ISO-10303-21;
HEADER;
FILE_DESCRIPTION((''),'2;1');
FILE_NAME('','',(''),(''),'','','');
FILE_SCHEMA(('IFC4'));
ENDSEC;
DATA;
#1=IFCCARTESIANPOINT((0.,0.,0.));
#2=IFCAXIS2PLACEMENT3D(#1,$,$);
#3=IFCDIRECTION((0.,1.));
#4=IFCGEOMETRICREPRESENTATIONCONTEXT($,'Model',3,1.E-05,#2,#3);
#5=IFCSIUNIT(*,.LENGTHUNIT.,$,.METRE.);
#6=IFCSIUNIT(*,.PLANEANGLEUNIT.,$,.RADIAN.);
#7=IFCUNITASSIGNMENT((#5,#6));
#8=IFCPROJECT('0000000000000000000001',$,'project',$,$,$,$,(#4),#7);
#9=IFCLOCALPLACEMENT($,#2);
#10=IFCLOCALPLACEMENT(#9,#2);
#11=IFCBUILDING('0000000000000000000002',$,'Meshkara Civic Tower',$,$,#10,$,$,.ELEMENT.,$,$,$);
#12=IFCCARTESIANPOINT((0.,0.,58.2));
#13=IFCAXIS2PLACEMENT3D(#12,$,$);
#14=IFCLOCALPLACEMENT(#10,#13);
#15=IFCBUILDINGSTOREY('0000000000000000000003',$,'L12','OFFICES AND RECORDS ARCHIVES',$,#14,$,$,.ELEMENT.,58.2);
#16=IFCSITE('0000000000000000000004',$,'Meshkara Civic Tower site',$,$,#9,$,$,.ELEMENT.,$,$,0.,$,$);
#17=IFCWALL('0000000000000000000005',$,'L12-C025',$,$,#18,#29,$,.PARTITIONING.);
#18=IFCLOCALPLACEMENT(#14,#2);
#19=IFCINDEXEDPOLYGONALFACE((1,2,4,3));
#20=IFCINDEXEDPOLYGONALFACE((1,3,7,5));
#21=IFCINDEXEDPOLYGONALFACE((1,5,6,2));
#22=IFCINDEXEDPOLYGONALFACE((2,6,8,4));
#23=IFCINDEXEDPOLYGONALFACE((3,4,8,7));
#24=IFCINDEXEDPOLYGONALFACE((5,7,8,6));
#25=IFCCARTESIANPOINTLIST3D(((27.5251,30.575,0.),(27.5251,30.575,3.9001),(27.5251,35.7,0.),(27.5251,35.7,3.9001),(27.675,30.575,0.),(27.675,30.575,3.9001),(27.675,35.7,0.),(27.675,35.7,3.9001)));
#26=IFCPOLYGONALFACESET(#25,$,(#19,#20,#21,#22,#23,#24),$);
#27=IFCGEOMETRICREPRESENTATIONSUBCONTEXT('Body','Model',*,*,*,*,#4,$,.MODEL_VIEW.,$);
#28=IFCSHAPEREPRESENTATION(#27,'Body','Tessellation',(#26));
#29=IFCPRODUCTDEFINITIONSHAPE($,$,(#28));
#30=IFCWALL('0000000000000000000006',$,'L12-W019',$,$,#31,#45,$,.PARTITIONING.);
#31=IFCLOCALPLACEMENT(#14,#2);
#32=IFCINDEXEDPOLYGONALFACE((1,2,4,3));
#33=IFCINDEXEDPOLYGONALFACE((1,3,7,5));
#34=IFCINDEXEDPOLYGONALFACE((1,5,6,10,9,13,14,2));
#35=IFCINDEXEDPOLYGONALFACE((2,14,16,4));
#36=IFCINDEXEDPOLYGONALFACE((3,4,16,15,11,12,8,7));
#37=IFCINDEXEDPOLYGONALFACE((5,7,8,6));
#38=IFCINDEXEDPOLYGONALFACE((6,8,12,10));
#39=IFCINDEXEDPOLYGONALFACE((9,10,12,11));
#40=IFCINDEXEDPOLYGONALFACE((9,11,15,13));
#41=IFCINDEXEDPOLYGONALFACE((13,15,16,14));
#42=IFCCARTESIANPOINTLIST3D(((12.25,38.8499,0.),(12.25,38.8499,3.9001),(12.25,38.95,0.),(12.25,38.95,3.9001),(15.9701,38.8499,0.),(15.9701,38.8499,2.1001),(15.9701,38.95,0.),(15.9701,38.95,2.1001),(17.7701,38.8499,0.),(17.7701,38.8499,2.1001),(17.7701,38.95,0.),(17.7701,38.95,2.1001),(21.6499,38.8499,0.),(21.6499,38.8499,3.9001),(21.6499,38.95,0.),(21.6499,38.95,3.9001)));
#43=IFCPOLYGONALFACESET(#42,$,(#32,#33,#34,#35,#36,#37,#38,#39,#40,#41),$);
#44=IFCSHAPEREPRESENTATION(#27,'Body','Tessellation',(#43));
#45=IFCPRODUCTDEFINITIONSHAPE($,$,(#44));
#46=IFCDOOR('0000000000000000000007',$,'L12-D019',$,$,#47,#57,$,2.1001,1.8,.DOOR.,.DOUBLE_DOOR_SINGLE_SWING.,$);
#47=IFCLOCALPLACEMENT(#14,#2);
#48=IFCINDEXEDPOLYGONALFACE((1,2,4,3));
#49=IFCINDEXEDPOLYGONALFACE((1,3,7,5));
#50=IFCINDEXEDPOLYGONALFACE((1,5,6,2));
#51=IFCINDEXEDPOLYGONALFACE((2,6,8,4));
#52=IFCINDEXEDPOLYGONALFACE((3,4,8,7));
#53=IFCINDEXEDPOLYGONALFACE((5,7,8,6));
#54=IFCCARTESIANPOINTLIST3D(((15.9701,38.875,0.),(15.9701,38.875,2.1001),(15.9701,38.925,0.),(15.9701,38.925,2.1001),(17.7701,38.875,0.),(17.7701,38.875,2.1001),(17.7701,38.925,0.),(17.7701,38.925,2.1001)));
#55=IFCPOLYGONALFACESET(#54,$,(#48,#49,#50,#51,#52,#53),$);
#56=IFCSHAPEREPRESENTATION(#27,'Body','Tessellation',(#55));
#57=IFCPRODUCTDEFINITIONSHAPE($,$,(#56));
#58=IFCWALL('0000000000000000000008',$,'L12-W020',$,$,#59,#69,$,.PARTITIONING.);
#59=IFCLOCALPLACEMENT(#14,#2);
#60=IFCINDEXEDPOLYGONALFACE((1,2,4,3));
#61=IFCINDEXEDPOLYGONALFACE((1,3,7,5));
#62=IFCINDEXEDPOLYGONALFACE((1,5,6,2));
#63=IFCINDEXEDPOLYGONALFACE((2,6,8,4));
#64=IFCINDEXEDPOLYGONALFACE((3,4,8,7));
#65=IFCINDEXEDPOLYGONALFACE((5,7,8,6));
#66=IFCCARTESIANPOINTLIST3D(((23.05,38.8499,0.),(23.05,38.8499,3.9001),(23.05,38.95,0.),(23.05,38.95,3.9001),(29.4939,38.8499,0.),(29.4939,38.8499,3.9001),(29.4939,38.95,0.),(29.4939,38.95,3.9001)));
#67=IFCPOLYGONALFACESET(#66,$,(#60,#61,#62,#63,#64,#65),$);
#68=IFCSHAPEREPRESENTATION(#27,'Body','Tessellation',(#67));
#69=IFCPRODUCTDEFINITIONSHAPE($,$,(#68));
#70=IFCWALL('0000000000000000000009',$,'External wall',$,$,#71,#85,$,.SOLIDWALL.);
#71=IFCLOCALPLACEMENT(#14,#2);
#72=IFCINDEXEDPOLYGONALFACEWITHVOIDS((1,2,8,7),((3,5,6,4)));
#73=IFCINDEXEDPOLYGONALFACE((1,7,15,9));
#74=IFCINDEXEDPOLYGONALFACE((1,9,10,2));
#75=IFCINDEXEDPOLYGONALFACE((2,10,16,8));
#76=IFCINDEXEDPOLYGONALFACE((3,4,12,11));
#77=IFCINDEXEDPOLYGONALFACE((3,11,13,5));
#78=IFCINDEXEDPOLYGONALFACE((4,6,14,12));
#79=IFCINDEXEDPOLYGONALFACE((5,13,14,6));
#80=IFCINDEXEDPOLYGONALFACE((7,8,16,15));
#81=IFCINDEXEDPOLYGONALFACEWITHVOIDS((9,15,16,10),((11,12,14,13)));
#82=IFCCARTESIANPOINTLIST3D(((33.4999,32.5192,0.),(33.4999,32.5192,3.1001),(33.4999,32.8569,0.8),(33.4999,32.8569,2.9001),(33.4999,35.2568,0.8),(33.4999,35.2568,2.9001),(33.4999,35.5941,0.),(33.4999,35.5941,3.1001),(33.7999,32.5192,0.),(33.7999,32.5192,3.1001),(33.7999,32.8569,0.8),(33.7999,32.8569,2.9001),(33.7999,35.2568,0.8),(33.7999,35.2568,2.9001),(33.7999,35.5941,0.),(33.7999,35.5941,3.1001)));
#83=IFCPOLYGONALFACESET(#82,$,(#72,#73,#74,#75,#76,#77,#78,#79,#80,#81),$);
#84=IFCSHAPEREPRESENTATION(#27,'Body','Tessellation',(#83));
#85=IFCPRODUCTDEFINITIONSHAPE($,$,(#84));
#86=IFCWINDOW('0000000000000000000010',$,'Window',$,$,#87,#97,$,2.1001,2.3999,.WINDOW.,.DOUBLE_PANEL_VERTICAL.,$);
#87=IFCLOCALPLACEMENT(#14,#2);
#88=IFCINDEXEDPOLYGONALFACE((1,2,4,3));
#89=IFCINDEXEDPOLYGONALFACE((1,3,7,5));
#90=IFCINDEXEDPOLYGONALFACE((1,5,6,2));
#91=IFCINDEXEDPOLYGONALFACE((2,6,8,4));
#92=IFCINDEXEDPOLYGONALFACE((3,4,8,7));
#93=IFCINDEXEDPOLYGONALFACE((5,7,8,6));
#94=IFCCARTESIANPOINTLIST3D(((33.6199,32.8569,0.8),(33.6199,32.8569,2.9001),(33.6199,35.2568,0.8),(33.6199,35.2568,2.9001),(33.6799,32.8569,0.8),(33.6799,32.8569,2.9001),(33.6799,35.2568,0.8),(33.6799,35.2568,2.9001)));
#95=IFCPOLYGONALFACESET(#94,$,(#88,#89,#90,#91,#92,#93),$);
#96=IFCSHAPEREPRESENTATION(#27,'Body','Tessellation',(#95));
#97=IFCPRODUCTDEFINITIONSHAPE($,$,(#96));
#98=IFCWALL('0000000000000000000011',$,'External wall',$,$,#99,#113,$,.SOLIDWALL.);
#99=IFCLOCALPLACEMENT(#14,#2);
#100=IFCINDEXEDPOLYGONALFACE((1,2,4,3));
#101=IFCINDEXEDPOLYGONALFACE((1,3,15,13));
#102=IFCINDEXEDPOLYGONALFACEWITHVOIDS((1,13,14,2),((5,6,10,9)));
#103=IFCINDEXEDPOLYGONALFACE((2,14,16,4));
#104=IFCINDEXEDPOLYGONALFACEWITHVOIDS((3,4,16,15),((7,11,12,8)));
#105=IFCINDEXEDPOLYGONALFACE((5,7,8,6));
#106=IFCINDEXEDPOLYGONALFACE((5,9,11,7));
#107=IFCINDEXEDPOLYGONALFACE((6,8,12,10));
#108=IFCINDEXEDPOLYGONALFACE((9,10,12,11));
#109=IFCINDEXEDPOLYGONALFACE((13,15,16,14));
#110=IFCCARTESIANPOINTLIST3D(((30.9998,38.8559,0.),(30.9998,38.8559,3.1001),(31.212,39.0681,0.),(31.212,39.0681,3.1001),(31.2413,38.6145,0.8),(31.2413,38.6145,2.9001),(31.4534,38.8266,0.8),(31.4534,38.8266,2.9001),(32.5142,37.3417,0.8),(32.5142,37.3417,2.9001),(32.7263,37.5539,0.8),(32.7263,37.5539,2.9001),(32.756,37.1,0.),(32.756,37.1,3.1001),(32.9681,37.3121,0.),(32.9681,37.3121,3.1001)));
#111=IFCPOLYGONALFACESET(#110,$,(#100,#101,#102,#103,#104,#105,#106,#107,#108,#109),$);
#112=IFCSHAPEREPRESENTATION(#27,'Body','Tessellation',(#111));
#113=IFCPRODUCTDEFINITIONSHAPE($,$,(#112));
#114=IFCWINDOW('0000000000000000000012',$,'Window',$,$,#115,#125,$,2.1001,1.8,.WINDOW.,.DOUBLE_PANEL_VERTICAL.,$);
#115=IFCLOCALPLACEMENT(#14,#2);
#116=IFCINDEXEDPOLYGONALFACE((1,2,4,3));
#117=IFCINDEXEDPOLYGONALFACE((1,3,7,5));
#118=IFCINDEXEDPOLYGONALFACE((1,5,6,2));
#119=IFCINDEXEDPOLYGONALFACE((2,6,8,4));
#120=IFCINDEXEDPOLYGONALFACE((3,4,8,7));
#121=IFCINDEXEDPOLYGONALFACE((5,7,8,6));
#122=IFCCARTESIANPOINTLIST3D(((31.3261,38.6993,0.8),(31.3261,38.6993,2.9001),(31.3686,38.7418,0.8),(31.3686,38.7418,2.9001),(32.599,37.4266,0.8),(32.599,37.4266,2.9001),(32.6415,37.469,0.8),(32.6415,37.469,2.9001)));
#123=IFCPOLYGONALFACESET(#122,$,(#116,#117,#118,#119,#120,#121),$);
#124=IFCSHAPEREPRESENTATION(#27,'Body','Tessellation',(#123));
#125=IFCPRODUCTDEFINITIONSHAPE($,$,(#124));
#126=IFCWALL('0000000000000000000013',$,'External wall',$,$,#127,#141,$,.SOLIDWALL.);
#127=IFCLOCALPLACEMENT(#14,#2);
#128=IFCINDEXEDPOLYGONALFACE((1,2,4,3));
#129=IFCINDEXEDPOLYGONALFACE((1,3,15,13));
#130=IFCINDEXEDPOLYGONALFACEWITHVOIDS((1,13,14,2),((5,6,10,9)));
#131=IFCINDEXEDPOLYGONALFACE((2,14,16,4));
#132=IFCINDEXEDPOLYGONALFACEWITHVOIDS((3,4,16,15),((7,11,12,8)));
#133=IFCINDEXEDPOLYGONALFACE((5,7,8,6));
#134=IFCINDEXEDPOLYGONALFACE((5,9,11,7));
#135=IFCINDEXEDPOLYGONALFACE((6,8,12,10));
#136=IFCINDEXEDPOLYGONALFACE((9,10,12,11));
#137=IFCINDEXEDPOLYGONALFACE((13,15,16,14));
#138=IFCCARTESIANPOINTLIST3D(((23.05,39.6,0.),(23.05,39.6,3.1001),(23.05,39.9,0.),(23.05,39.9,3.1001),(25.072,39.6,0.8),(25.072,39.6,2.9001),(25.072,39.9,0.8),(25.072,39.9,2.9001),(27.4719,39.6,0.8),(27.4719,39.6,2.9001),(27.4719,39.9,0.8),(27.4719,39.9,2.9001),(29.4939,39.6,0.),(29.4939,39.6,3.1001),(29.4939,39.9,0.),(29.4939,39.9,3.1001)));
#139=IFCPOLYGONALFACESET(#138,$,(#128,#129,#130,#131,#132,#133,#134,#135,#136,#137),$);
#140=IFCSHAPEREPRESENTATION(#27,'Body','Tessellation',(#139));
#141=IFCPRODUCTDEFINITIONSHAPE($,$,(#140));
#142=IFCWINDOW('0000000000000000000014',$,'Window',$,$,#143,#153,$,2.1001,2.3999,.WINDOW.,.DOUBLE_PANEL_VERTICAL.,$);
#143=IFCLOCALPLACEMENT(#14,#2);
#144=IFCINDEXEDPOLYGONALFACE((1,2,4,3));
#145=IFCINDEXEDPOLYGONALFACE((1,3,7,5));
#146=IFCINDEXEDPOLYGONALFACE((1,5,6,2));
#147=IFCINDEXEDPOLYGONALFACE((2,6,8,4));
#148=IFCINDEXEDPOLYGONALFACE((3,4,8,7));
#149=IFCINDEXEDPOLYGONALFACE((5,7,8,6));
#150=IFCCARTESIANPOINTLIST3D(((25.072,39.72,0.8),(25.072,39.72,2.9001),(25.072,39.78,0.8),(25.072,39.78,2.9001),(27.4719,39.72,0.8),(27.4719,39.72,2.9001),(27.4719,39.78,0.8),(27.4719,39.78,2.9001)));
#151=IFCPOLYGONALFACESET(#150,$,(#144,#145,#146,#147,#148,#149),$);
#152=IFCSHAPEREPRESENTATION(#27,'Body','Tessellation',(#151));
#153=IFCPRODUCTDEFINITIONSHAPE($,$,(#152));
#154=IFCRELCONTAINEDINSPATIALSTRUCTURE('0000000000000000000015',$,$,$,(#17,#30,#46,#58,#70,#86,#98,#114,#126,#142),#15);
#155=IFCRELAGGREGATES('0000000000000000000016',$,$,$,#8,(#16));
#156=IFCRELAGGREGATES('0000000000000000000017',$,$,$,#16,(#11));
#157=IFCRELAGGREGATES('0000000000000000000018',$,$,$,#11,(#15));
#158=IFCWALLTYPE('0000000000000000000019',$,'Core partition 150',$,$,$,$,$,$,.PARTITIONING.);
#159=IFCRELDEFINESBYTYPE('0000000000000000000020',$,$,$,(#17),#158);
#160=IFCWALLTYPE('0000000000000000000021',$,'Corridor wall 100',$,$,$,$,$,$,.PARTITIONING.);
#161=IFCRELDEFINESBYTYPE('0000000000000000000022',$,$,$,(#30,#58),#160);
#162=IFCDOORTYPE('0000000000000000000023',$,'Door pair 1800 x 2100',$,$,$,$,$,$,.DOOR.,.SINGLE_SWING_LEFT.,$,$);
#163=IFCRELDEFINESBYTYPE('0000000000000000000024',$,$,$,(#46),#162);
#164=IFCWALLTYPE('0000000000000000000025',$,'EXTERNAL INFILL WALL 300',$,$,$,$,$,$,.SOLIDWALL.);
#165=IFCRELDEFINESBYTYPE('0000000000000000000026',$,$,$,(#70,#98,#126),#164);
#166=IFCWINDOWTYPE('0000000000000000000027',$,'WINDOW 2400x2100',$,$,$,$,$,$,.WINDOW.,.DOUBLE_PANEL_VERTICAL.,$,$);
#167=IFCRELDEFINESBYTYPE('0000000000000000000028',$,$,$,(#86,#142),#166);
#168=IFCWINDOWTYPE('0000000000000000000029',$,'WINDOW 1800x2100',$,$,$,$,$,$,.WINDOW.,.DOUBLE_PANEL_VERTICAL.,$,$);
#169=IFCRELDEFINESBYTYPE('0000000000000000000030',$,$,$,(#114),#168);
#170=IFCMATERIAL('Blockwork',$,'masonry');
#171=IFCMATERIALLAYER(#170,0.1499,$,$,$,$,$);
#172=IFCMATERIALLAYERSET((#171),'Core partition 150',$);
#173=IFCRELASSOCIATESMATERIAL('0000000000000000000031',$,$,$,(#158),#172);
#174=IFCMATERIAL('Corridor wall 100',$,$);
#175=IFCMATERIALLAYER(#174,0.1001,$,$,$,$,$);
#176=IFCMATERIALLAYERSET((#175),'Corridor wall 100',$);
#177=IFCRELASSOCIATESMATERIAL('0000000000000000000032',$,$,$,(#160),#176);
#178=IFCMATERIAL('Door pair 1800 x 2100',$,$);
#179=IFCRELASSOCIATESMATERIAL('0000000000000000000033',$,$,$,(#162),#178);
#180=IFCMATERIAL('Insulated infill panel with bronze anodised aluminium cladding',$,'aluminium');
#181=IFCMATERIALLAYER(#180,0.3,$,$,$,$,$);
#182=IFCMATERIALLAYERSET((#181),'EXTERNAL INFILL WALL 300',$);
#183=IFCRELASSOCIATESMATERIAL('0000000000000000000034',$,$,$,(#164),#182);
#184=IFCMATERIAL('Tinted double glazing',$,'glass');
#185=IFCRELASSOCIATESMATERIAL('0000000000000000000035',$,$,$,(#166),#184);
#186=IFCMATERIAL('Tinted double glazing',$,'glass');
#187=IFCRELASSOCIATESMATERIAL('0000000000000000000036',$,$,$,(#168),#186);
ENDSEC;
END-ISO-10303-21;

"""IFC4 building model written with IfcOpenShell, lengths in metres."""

from ifc_helpers import new_model, si_unit, direction, frame, frame_2d, origin, place, context, subcontext, project, spatial, rectangle, extrude, material, layer, layer_set, type_object, element, fill, save


model = new_model("IFC4")

# Units and contexts
model_context = context("Model", 3, precision=1e-05, world=origin(), true_north=direction((0.0, 1.0)))
body_context = subcontext(model_context, "Body", "Model", "MODEL_VIEW")
ifc_project = project(units=[si_unit("LENGTHUNIT", "METRE"), si_unit("PLANEANGLEUNIT", "RADIAN")], contexts=[model_context])

# Site, building, storey
site_placement = place(None, origin())
site = spatial("IfcSite", under=ifc_project, at=site_placement, Name="Meshkara Civic Tower site", CompositionType="ELEMENT", RefElevation=0.0)
building_placement = place(site_placement, origin())
building = spatial("IfcBuilding", under=site, at=building_placement, Name="Meshkara Civic Tower", CompositionType="ELEMENT")
storey_placement = place(building_placement, frame((0.0, 0.0, 58.2)))
storey = spatial("IfcBuildingStorey", under=building, at=storey_placement, Name="L12", Description="OFFICES AND RECORDS ARCHIVES", CompositionType="ELEMENT", Elevation=58.2)

# Shared definitions
ifc_material_1 = material(Name="Blockwork", Category="masonry")
ifc_layer_1 = layer(ifc_material_1, 0.1499)
ifc_layer_set_1 = layer_set([ifc_layer_1], Name="Core partition 150")
wall_type_1 = type_object("IfcWallType", Name="Core partition 150", PredefinedType="PARTITIONING", material=ifc_layer_set_1)

# Wall
for number, where, z_axis, x_axis, name in (
    (1, (27.6001, 30.575, 0.0), (0.0, 0.0, 1.0), (0.0, 1.0, 0.0), "L12-C025"),
):
    element("IfcWall", number, at=place(storey_placement, frame(where, z_axis=z_axis, x_axis=x_axis)), inside=storey, type_object=wall_type_1, Name=name, PredefinedType="PARTITIONING", context=body_context, shape_type="SweptSolid", body=[
        extrude(rectangle(XDim=5.125, YDim=0.1499, at=frame_2d((2.5625, 0.0))), origin(), (0.0, 0.0, 1.0), 3.9001),
    ])

# Wall, opening, door
ifc_material_2 = material(Name="Corridor wall 100")
ifc_layer_2 = layer(ifc_material_2, 0.1001)
ifc_layer_set_2 = layer_set([ifc_layer_2], Name="Corridor wall 100")
wall_type_2 = type_object("IfcWallType", Name="Corridor wall 100", PredefinedType="PARTITIONING", material=ifc_layer_set_2)
wall_1_placement = place(storey_placement, frame((21.6499, 38.8999, 0.0), z_axis=(0.0, 0.0, 1.0), x_axis=(-1.0, 0.0, 0.0)))
wall_1 = element("IfcWall", 2, at=wall_1_placement, inside=storey, type_object=wall_type_2, Name="L12-W019", PredefinedType="PARTITIONING", context=body_context, shape_type="SweptSolid", body=[
    extrude(rectangle(XDim=9.3999, YDim=0.1001, at=frame_2d((4.7, 0.0))), origin(), (0.0, 0.0, 1.0), 3.9001),
])
opening_1_placement = place(wall_1_placement, frame((3.8799, 0.0, 0.0)))
opening_1 = element("IfcOpeningElement", 3, at=opening_1_placement, cuts=wall_1, PredefinedType="OPENING", context=body_context, shape_type="SweptSolid", body=[
    extrude(rectangle(XDim=1.8, YDim=2.1001, at=frame_2d((0.8999, 1.05))), frame((0.0, 0.0601, 0.0), z_axis=(0.0, -1.0, 0.0), x_axis=(1.0, 0.0, 0.0)), (0.0, 0.0, 1.0), 0.1201),
])
ifc_material_3 = material(Name="Door pair 1800 x 2100")
door_type_1 = type_object("IfcDoorType", Name="Door pair 1800 x 2100", OperationType="SINGLE_SWING_LEFT", PredefinedType="DOOR", material=ifc_material_3)
door_1_placement = place(opening_1_placement, origin())
door_1 = element("IfcDoor", 4, at=door_1_placement, inside=storey, type_object=door_type_1, Name="L12-D019", OperationType="DOUBLE_DOOR_SINGLE_SWING", OverallHeight=2.1001, OverallWidth=1.8, PredefinedType="DOOR", context=body_context, shape_type="SweptSolid", body=[
    extrude(rectangle(XDim=1.8, YDim=2.1001, at=frame_2d((0.8999, 1.05))), frame((0.0, 0.0249, 0.0), z_axis=(0.0, -1.0, 0.0), x_axis=(1.0, 0.0, 0.0)), (0.0, 0.0, 1.0), 0.05),
])
fill(opening_1, door_1)

# Wall
wall_2_placement = place(storey_placement, frame((29.4939, 38.8999, 0.0), z_axis=(0.0, 0.0, 1.0), x_axis=(-1.0, 0.0, 0.0)))
element("IfcWall", 5, at=wall_2_placement, inside=storey, type_object=wall_type_2, Name="L12-W020", PredefinedType="PARTITIONING", context=body_context, shape_type="SweptSolid", body=[
    extrude(rectangle(XDim=6.4438, YDim=0.1001, at=frame_2d((3.2219, 0.0))), origin(), (0.0, 0.0, 1.0), 3.9001),
])

# Walls, openings, windows
ifc_material_4 = material(Name="Insulated infill panel with bronze anodised aluminium cladding", Category="aluminium")
ifc_layer_3 = layer(ifc_material_4, 0.3)
ifc_layer_set_3 = layer_set([ifc_layer_3], Name="EXTERNAL INFILL WALL 300")
wall_type_3 = type_object("IfcWallType", Name="EXTERNAL INFILL WALL 300", PredefinedType="SOLIDWALL", material=ifc_layer_set_3)
wall_3_placement = place(storey_placement, frame((33.6499, 32.519, 0.0), z_axis=(0.0, 0.0, 1.0), x_axis=(0.0, 1.0, 0.0)))
wall_3 = element("IfcWall", 6, at=wall_3_placement, inside=storey, type_object=wall_type_3, Name="External wall", PredefinedType="SOLIDWALL", context=body_context, shape_type="SweptSolid", body=[
    extrude(rectangle(XDim=3.075, YDim=0.3, at=frame_2d((1.5376, 0.0))), origin(), (0.0, 0.0, 1.0), 3.1001),
])
opening_2_placement = place(wall_3_placement, frame((0.3379, 0.0, 0.8)))
opening_2 = element("IfcOpeningElement", 7, at=opening_2_placement, cuts=wall_3, PredefinedType="OPENING", context=body_context, shape_type="SweptSolid", body=[
    extrude(rectangle(XDim=2.3999, YDim=2.1001, at=frame_2d((1.2, 1.05))), frame((0.0, 0.1599, 0.0), z_axis=(0.0, -1.0, 0.0), x_axis=(1.0, 0.0, 0.0)), (0.0, 0.0, 1.0), 0.3201),
])
ifc_material_5 = material(Name="Tinted double glazing", Category="glass")
window_type_1 = type_object("IfcWindowType", Name="WINDOW 2400x2100", PartitioningType="DOUBLE_PANEL_VERTICAL", PredefinedType="WINDOW", material=ifc_material_5)
window_1_placement = place(opening_2_placement, origin())
window_1 = element("IfcWindow", 8, at=window_1_placement, inside=storey, type_object=window_type_1, Name="Window", OverallHeight=2.1001, OverallWidth=2.3999, PartitioningType="DOUBLE_PANEL_VERTICAL", PredefinedType="WINDOW", context=body_context, shape_type="SweptSolid", body=[
    extrude(rectangle(XDim=2.3999, YDim=2.1001, at=frame_2d((1.2, 1.05))), frame((0.0, 0.03, 0.0), z_axis=(0.0, -1.0, 0.0), x_axis=(1.0, 0.0, 0.0)), (0.0, 0.0, 1.0), 0.0601),
])
fill(opening_2, window_1)
wall_4_placement = place(storey_placement, frame((32.8621, 37.2061, 0.0), z_axis=(0.0, 0.0, 1.0), x_axis=(-0.707156, 0.707058, 0.0)))
wall_4 = element("IfcWall", 9, at=wall_4_placement, inside=storey, type_object=wall_type_3, Name="External wall", PredefinedType="SOLIDWALL", context=body_context, shape_type="SweptSolid", body=[
    extrude(rectangle(XDim=2.4834, YDim=0.3, at=frame_2d((1.2417, 0.0))), origin(), (0.0, 0.0, 1.0), 3.1001),
])
opening_3_placement = place(wall_4_placement, frame((0.342, 0.0, 0.8)))
opening_3 = element("IfcOpeningElement", 10, at=opening_3_placement, cuts=wall_4, PredefinedType="OPENING", context=body_context, shape_type="SweptSolid", body=[
    extrude(rectangle(XDim=1.8, YDim=2.1001, at=frame_2d((0.8999, 1.05))), frame((0.0, 0.1599, 0.0), z_axis=(0.0, -1.0, 0.0), x_axis=(1.0, 0.0, 0.0)), (0.0, 0.0, 1.0), 0.3201),
])
ifc_material_6 = material(Name="Tinted double glazing", Category="glass")
window_type_2 = type_object("IfcWindowType", Name="WINDOW 1800x2100", PartitioningType="DOUBLE_PANEL_VERTICAL", PredefinedType="WINDOW", material=ifc_material_6)
window_2_placement = place(opening_3_placement, origin())
window_2 = element("IfcWindow", 11, at=window_2_placement, inside=storey, type_object=window_type_2, Name="Window", OverallHeight=2.1001, OverallWidth=1.8, PartitioningType="DOUBLE_PANEL_VERTICAL", PredefinedType="WINDOW", context=body_context, shape_type="SweptSolid", body=[
    extrude(rectangle(XDim=1.8, YDim=2.1001, at=frame_2d((0.8999, 1.05))), frame((0.0, 0.03, 0.0), z_axis=(0.0, -1.0, 0.0), x_axis=(1.0, 0.0, 0.0)), (0.0, 0.0, 1.0), 0.0601),
])
fill(opening_3, window_2)
wall_5_placement = place(storey_placement, frame((29.4939, 39.75, 0.0), z_axis=(0.0, 0.0, 1.0), x_axis=(-1.0, 0.0, 0.0)))
wall_5 = element("IfcWall", 12, at=wall_5_placement, inside=storey, type_object=wall_type_3, Name="External wall", PredefinedType="SOLIDWALL", context=body_context, shape_type="SweptSolid", body=[
    extrude(rectangle(XDim=6.4438, YDim=0.3, at=frame_2d((3.2219, 0.0))), origin(), (0.0, 0.0, 1.0), 3.1001),
])
opening_4_placement = place(wall_5_placement, frame((2.022, 0.0, 0.8)))
opening_4 = element("IfcOpeningElement", 13, at=opening_4_placement, cuts=wall_5, PredefinedType="OPENING", context=body_context, shape_type="SweptSolid", body=[
    extrude(rectangle(XDim=2.3999, YDim=2.1001, at=frame_2d((1.2, 1.05))), frame((0.0, 0.1599, 0.0), z_axis=(0.0, -1.0, 0.0), x_axis=(1.0, 0.0, 0.0)), (0.0, 0.0, 1.0), 0.3201),
])
window_3_placement = place(opening_4_placement, origin())
window_3 = element("IfcWindow", 14, at=window_3_placement, inside=storey, type_object=window_type_1, Name="Window", OverallHeight=2.1001, OverallWidth=2.3999, PartitioningType="DOUBLE_PANEL_VERTICAL", PredefinedType="WINDOW", context=body_context, shape_type="SweptSolid", body=[
    extrude(rectangle(XDim=2.3999, YDim=2.1001, at=frame_2d((1.2, 1.05))), frame((0.0, 0.03, 0.0), z_axis=(0.0, -1.0, 0.0), x_axis=(1.0, 0.0, 0.0)), (0.0, 0.0, 1.0), 0.0601),
])
fill(opening_4, window_3)

save(model, "model.ifc")
